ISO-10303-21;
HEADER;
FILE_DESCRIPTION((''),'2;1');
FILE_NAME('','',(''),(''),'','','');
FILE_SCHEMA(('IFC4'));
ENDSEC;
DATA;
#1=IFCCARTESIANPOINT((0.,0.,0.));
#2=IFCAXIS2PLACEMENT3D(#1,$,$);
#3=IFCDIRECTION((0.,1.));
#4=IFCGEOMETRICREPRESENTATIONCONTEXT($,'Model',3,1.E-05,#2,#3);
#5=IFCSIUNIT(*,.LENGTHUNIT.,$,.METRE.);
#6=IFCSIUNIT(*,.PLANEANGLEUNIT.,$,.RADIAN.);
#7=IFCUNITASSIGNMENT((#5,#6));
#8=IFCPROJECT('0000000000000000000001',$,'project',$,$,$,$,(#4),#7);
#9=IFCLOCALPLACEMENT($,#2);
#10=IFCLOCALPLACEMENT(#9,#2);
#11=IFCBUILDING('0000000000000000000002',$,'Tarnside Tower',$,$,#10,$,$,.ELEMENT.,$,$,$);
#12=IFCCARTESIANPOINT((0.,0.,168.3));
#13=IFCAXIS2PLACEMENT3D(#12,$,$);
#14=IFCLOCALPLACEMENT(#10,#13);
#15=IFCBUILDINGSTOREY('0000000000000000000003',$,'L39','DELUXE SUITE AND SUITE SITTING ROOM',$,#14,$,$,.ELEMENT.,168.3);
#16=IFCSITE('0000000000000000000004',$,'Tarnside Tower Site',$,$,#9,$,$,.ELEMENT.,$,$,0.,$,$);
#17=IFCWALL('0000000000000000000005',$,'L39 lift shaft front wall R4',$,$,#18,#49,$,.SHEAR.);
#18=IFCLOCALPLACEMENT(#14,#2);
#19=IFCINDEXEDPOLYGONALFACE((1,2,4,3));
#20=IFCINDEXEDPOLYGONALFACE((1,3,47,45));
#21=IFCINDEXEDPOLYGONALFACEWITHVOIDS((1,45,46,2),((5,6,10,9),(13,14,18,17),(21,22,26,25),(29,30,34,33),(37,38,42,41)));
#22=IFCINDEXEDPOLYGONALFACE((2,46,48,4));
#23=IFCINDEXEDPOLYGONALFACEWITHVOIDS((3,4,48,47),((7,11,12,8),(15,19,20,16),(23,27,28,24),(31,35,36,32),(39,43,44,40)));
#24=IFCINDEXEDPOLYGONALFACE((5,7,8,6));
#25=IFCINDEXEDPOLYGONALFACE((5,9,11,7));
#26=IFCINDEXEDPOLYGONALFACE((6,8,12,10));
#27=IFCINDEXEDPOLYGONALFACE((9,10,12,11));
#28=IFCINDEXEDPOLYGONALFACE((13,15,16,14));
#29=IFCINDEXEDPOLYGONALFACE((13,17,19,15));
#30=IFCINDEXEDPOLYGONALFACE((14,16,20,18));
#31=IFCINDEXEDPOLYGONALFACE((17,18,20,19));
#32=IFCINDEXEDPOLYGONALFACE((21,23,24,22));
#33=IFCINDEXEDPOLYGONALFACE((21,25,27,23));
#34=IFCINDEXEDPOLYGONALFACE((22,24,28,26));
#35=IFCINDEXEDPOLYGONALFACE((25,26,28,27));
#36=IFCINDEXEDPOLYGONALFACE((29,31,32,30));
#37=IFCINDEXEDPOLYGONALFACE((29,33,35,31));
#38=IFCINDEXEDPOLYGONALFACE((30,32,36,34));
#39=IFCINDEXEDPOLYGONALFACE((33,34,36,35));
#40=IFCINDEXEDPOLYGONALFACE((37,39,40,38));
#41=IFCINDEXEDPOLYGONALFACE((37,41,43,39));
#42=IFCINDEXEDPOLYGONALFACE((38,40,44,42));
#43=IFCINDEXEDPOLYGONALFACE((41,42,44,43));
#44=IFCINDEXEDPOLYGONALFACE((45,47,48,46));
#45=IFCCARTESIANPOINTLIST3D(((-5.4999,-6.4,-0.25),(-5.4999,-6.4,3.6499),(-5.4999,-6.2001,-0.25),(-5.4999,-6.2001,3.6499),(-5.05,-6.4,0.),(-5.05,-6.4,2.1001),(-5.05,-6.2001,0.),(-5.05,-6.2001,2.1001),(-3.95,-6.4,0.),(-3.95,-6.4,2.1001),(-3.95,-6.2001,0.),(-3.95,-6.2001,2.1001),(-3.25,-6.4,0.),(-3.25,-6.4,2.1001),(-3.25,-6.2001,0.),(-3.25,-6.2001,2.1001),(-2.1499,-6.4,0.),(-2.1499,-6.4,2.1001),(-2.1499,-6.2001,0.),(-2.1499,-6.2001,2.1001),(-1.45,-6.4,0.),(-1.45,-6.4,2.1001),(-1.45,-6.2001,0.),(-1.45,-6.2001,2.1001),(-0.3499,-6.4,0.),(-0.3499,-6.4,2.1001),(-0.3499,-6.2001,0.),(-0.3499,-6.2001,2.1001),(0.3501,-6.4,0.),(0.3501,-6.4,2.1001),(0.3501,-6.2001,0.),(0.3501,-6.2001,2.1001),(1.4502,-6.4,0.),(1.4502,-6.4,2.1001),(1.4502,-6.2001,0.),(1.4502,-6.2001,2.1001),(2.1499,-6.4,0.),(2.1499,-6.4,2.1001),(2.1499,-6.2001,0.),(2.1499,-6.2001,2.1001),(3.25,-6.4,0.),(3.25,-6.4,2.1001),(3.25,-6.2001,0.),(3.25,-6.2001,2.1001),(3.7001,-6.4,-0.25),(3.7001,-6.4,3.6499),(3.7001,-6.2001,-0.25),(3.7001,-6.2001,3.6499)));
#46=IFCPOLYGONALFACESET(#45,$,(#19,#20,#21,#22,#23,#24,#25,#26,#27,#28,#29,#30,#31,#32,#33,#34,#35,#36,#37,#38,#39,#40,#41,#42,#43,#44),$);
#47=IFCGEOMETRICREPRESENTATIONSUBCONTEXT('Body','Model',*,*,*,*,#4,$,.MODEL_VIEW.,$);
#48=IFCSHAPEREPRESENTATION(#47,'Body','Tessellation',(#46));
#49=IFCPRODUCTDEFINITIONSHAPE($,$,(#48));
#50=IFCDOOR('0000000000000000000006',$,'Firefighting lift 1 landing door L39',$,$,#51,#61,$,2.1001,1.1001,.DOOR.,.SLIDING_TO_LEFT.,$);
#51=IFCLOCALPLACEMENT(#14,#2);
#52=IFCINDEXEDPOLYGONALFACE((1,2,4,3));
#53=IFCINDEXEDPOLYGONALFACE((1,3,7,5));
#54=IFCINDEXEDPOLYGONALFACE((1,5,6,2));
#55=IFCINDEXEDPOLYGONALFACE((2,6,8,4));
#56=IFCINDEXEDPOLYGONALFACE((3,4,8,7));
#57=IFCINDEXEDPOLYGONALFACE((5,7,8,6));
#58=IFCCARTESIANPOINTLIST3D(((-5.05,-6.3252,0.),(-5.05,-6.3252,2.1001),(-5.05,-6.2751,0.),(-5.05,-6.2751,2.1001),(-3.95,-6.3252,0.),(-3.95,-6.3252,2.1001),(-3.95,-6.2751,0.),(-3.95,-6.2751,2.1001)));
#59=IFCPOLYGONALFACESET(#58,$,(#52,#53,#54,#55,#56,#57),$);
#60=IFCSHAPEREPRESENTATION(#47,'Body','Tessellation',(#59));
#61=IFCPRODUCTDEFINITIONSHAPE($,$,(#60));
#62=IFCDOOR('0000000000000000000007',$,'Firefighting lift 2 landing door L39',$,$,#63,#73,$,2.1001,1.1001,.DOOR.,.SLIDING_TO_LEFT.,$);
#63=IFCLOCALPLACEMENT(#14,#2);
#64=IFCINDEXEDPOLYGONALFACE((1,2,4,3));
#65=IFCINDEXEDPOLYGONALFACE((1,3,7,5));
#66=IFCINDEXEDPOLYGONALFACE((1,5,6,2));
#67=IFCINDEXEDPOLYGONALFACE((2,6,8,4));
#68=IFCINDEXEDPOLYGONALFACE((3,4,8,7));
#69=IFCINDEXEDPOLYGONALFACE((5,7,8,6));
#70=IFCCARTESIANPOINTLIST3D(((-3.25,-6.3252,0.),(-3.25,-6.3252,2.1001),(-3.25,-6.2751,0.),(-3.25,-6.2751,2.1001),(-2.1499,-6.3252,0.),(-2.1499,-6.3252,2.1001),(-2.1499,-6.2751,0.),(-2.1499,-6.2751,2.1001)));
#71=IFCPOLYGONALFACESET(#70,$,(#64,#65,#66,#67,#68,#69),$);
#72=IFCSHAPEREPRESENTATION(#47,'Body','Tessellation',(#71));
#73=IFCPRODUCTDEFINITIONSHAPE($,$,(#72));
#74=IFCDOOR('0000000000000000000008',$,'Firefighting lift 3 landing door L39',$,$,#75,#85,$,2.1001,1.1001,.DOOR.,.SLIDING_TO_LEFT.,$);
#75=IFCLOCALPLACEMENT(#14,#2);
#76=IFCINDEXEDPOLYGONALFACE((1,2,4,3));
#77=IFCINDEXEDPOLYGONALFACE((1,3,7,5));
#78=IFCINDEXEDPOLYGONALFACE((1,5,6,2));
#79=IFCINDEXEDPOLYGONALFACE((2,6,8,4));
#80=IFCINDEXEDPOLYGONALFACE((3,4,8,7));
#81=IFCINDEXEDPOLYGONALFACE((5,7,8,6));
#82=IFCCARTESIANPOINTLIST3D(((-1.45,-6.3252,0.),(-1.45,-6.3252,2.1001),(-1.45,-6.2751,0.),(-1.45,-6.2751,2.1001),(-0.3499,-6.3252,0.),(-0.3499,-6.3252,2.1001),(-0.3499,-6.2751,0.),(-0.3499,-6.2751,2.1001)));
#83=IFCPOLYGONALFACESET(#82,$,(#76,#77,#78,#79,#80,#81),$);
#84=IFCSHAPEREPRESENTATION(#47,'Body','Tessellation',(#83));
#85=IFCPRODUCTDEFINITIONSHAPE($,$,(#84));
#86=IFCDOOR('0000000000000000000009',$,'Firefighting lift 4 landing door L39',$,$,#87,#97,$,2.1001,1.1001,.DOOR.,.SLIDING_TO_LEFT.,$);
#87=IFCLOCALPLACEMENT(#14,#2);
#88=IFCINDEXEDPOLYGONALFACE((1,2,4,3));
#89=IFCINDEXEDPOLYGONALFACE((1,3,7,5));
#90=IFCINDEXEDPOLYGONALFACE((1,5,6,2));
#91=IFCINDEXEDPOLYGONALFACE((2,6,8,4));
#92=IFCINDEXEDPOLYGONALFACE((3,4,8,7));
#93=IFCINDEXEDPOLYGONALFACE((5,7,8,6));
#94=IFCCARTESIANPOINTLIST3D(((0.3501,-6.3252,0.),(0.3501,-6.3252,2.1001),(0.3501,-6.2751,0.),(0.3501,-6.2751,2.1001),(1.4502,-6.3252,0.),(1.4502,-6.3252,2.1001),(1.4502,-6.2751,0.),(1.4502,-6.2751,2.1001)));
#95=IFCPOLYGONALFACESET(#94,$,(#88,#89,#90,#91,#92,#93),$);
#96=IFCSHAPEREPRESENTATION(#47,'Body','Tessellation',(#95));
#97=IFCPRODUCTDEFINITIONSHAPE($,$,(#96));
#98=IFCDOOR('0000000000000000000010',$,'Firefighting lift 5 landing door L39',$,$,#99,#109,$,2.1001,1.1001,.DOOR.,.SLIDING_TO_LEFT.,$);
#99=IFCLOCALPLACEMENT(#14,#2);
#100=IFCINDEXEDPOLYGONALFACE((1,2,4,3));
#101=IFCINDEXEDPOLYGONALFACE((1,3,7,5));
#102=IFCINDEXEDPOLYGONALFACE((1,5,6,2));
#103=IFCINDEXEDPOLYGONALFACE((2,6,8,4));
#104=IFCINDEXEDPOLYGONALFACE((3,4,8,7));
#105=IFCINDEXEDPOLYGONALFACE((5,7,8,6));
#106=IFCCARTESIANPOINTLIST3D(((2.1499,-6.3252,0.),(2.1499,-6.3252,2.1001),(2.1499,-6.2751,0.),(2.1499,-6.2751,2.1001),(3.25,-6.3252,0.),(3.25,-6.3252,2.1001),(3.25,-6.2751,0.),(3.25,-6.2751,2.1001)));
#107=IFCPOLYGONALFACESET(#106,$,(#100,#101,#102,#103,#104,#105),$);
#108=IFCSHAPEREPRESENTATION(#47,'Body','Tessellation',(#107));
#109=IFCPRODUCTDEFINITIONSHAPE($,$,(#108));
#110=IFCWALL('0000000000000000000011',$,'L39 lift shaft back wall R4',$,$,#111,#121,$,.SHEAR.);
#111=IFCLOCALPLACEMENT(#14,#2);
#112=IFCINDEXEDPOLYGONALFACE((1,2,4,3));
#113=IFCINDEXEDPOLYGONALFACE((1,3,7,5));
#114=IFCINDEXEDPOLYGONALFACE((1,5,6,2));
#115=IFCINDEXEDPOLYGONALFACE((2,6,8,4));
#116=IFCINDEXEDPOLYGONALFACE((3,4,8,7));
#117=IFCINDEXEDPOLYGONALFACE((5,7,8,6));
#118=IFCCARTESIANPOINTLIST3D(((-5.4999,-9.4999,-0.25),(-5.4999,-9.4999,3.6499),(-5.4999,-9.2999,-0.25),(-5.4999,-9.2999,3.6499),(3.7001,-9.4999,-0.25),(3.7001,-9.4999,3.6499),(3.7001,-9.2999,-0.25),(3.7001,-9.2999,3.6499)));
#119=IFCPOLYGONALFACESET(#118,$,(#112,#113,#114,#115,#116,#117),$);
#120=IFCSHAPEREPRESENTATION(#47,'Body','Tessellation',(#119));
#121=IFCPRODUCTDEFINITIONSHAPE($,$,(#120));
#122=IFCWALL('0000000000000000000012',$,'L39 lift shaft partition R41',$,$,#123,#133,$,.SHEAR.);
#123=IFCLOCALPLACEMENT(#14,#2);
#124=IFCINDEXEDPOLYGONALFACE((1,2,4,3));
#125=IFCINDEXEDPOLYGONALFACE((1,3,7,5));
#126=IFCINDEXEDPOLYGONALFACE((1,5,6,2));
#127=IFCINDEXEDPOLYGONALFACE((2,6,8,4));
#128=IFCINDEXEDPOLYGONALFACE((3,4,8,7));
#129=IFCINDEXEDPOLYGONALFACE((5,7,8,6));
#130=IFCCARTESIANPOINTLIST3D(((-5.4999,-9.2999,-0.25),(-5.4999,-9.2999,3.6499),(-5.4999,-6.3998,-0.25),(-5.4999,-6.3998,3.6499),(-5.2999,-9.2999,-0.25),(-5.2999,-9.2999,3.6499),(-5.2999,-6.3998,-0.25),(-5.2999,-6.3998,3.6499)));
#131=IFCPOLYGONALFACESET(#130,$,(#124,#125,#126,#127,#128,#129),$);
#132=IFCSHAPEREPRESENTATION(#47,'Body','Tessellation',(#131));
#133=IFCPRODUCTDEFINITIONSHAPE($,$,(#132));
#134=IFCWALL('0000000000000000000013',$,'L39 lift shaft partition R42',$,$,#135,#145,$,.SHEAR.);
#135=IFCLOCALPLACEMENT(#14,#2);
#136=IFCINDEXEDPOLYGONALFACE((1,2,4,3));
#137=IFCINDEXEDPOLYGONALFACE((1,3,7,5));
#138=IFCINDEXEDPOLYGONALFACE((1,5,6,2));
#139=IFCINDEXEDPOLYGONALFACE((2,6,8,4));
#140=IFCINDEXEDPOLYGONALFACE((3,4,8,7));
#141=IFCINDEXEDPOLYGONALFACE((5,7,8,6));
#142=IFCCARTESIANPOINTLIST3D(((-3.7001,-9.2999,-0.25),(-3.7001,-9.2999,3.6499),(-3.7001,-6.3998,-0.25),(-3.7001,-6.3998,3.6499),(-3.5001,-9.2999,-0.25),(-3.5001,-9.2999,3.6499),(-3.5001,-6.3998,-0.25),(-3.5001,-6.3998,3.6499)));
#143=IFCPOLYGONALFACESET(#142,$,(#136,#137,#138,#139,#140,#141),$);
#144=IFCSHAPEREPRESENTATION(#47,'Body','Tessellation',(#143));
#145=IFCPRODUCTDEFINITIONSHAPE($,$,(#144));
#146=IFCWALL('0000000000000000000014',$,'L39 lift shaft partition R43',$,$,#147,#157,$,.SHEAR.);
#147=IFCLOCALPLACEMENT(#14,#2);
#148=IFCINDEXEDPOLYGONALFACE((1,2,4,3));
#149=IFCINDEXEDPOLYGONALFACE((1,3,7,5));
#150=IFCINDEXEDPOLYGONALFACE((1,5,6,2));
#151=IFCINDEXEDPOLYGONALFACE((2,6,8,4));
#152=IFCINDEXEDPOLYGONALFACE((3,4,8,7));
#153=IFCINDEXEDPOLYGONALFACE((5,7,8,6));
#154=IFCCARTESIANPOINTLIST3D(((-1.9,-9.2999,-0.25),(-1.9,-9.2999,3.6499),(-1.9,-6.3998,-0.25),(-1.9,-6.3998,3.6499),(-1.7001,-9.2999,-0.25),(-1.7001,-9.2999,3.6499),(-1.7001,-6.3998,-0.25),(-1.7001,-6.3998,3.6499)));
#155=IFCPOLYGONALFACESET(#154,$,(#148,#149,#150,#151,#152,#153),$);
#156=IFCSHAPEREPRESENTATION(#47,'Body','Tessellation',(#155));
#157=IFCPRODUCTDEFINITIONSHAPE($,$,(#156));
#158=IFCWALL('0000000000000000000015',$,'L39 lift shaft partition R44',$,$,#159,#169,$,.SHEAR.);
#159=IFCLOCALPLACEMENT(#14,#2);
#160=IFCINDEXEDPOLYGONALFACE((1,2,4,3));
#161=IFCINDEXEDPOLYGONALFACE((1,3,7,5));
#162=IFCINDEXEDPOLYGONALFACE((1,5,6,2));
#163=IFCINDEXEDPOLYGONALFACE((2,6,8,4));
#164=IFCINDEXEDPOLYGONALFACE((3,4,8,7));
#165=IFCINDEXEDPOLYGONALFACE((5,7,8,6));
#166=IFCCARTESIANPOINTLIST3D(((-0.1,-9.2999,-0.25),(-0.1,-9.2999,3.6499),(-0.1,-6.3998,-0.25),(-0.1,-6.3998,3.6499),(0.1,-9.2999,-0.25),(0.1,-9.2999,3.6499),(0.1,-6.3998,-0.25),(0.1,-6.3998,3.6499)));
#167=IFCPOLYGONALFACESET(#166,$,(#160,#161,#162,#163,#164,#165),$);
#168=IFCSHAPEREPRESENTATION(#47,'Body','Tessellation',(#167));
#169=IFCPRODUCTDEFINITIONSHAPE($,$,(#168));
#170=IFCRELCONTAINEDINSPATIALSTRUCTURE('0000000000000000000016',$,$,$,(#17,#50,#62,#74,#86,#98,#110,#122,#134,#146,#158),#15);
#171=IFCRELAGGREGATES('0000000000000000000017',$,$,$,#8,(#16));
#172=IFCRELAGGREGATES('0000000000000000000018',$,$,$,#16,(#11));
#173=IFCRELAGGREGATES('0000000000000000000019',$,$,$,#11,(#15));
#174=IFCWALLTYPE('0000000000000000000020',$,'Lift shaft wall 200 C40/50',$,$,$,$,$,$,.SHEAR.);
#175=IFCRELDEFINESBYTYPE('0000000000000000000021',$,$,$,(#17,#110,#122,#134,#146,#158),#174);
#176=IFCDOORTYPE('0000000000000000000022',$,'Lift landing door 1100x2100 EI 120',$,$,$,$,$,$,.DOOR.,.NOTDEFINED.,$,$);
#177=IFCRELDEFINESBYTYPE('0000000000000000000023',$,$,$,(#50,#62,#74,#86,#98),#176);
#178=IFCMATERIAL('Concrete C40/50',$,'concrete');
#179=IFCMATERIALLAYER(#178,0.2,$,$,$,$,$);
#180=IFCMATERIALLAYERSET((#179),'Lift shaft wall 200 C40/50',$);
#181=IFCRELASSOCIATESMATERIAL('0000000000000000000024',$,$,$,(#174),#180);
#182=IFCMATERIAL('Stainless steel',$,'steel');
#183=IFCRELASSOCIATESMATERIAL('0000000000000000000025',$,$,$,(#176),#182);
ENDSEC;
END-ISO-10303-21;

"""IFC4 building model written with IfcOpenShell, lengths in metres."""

from ifc_helpers import new_model, si_unit, direction, frame, frame_2d, origin, place, context, subcontext, project, spatial, rectangle, extrude, material, layer, layer_set, type_object, element, fill, save


model = new_model("IFC4")

# Units and contexts
model_context = context("Model", 3, precision=1e-05, world=origin(), true_north=direction((0.0, 1.0)))
body_context = subcontext(model_context, "Body", "Model", "MODEL_VIEW")
ifc_project = project(units=[si_unit("LENGTHUNIT", "METRE"), si_unit("PLANEANGLEUNIT", "RADIAN")], contexts=[model_context])

# Site, building, storey
site_placement = place(None, origin())
site = spatial("IfcSite", under=ifc_project, at=site_placement, Name="Tarnside Tower Site", CompositionType="ELEMENT", RefElevation=0.0)
building_placement = place(site_placement, origin())
building = spatial("IfcBuilding", under=site, at=building_placement, Name="Tarnside Tower", CompositionType="ELEMENT")
storey_placement = place(building_placement, frame((0.0, 0.0, 168.3)))
storey = spatial("IfcBuildingStorey", under=building, at=storey_placement, Name="L39", Description="DELUXE SUITE AND SUITE SITTING ROOM", CompositionType="ELEMENT", Elevation=168.3)

# Shared definitions
ifc_material_1 = material(Name="Concrete C40/50", Category="concrete")

# Wall, openings, doors
ifc_layer_1 = layer(ifc_material_1, 0.2)
ifc_layer_set_1 = layer_set([ifc_layer_1], Name="Lift shaft wall 200 C40/50")
wall_type_1 = type_object("IfcWallType", Name="Lift shaft wall 200 C40/50", PredefinedType="SHEAR", material=ifc_layer_set_1)
wall_1_placement = place(storey_placement, frame((-5.5, -6.3, -0.25), z_axis=(0.0, 0.0, 1.0), x_axis=(1.0, 0.0, 0.0)))
wall_1 = element("IfcWall", 1, at=wall_1_placement, inside=storey, type_object=wall_type_1, Name="L39 lift shaft front wall R4", PredefinedType="SHEAR", context=body_context, shape_type="SweptSolid", body=[
    extrude(rectangle(XDim=9.2, YDim=0.2, at=frame_2d((4.6001, 0.0))), origin(), (0.0, 0.0, 1.0), 3.8999),
])
opening_1_placement = place(wall_1_placement, frame((0.45, 0.0, 0.25)))
opening_1 = element("IfcOpeningElement", 2, at=opening_1_placement, cuts=wall_1, PredefinedType="OPENING", context=body_context, shape_type="SweptSolid", body=[
    extrude(rectangle(XDim=1.1001, YDim=2.1001, at=frame_2d((0.55, 1.05))), frame((0.0, 0.1099, 0.0), z_axis=(0.0, -1.0, 0.0), x_axis=(1.0, 0.0, 0.0)), (0.0, 0.0, 1.0), 0.22),
])
opening_2_placement = place(wall_1_placement, frame((2.25, 0.0, 0.25)))
opening_2 = element("IfcOpeningElement", 3, at=opening_2_placement, cuts=wall_1, PredefinedType="OPENING", context=body_context, shape_type="SweptSolid", body=[
    extrude(rectangle(XDim=1.1001, YDim=2.1001, at=frame_2d((0.55, 1.05))), frame((0.0, 0.1099, 0.0), z_axis=(0.0, -1.0, 0.0), x_axis=(1.0, 0.0, 0.0)), (0.0, 0.0, 1.0), 0.22),
])
opening_3_placement = place(wall_1_placement, frame((4.05, 0.0, 0.25)))
opening_3 = element("IfcOpeningElement", 4, at=opening_3_placement, cuts=wall_1, PredefinedType="OPENING", context=body_context, shape_type="SweptSolid", body=[
    extrude(rectangle(XDim=1.1001, YDim=2.1001, at=frame_2d((0.55, 1.05))), frame((0.0, 0.1099, 0.0), z_axis=(0.0, -1.0, 0.0), x_axis=(1.0, 0.0, 0.0)), (0.0, 0.0, 1.0), 0.22),
])
opening_4_placement = place(wall_1_placement, frame((5.8501, 0.0, 0.25)))
opening_4 = element("IfcOpeningElement", 5, at=opening_4_placement, cuts=wall_1, PredefinedType="OPENING", context=body_context, shape_type="SweptSolid", body=[
    extrude(rectangle(XDim=1.1001, YDim=2.1001, at=frame_2d((0.55, 1.05))), frame((0.0, 0.1099, 0.0), z_axis=(0.0, -1.0, 0.0), x_axis=(1.0, 0.0, 0.0)), (0.0, 0.0, 1.0), 0.22),
])
opening_5_placement = place(wall_1_placement, frame((7.6499, 0.0, 0.25)))
opening_5 = element("IfcOpeningElement", 6, at=opening_5_placement, cuts=wall_1, PredefinedType="OPENING", context=body_context, shape_type="SweptSolid", body=[
    extrude(rectangle(XDim=1.1001, YDim=2.1001, at=frame_2d((0.55, 1.05))), frame((0.0, 0.1099, 0.0), z_axis=(0.0, -1.0, 0.0), x_axis=(1.0, 0.0, 0.0)), (0.0, 0.0, 1.0), 0.22),
])
ifc_material_2 = material(Name="Stainless steel", Category="steel")
door_type_1 = type_object("IfcDoorType", Name="Lift landing door 1100x2100 EI 120", OperationType="NOTDEFINED", PredefinedType="DOOR", material=ifc_material_2)
door_1_placement = place(opening_1_placement, origin())
door_1 = element("IfcDoor", 7, at=door_1_placement, inside=storey, type_object=door_type_1, Name="Firefighting lift 1 landing door L39", OperationType="SLIDING_TO_LEFT", OverallHeight=2.1001, OverallWidth=1.1001, PredefinedType="DOOR", context=body_context, shape_type="SweptSolid", body=[
    extrude(rectangle(XDim=1.1001, YDim=2.1001, at=frame_2d((0.55, 1.05))), frame((0.0, 0.0249, 0.0), z_axis=(0.0, -1.0, 0.0), x_axis=(1.0, 0.0, 0.0)), (0.0, 0.0, 1.0), 0.05),
])
fill(opening_1, door_1)
door_2_placement = place(opening_2_placement, origin())
door_2 = element("IfcDoor", 8, at=door_2_placement, inside=storey, type_object=door_type_1, Name="Firefighting lift 2 landing door L39", OperationType="SLIDING_TO_LEFT", OverallHeight=2.1001, OverallWidth=1.1001, PredefinedType="DOOR", context=body_context, shape_type="SweptSolid", body=[
    extrude(rectangle(XDim=1.1001, YDim=2.1001, at=frame_2d((0.55, 1.05))), frame((0.0, 0.0249, 0.0), z_axis=(0.0, -1.0, 0.0), x_axis=(1.0, 0.0, 0.0)), (0.0, 0.0, 1.0), 0.05),
])
fill(opening_2, door_2)
door_3_placement = place(opening_3_placement, origin())
door_3 = element("IfcDoor", 9, at=door_3_placement, inside=storey, type_object=door_type_1, Name="Firefighting lift 3 landing door L39", OperationType="SLIDING_TO_LEFT", OverallHeight=2.1001, OverallWidth=1.1001, PredefinedType="DOOR", context=body_context, shape_type="SweptSolid", body=[
    extrude(rectangle(XDim=1.1001, YDim=2.1001, at=frame_2d((0.55, 1.05))), frame((0.0, 0.0249, 0.0), z_axis=(0.0, -1.0, 0.0), x_axis=(1.0, 0.0, 0.0)), (0.0, 0.0, 1.0), 0.05),
])
fill(opening_3, door_3)
door_4_placement = place(opening_4_placement, origin())
door_4 = element("IfcDoor", 10, at=door_4_placement, inside=storey, type_object=door_type_1, Name="Firefighting lift 4 landing door L39", OperationType="SLIDING_TO_LEFT", OverallHeight=2.1001, OverallWidth=1.1001, PredefinedType="DOOR", context=body_context, shape_type="SweptSolid", body=[
    extrude(rectangle(XDim=1.1001, YDim=2.1001, at=frame_2d((0.55, 1.05))), frame((0.0, 0.0249, 0.0), z_axis=(0.0, -1.0, 0.0), x_axis=(1.0, 0.0, 0.0)), (0.0, 0.0, 1.0), 0.05),
])
fill(opening_4, door_4)
door_5_placement = place(opening_5_placement, origin())
door_5 = element("IfcDoor", 11, at=door_5_placement, inside=storey, type_object=door_type_1, Name="Firefighting lift 5 landing door L39", OperationType="SLIDING_TO_LEFT", OverallHeight=2.1001, OverallWidth=1.1001, PredefinedType="DOOR", context=body_context, shape_type="SweptSolid", body=[
    extrude(rectangle(XDim=1.1001, YDim=2.1001, at=frame_2d((0.55, 1.05))), frame((0.0, 0.0249, 0.0), z_axis=(0.0, -1.0, 0.0), x_axis=(1.0, 0.0, 0.0)), (0.0, 0.0, 1.0), 0.05),
])
fill(opening_5, door_5)

# Walls
wall_2_placement = place(storey_placement, frame((-5.5, -9.3999, -0.25), z_axis=(0.0, 0.0, 1.0), x_axis=(1.0, 0.0, 0.0)))
element("IfcWall", 12, at=wall_2_placement, inside=storey, type_object=wall_type_1, Name="L39 lift shaft back wall R4", PredefinedType="SHEAR", context=body_context, shape_type="SweptSolid", body=[
    extrude(rectangle(XDim=9.2, YDim=0.2, at=frame_2d((4.6001, 0.0))), origin(), (0.0, 0.0, 1.0), 3.8999),
])
for number, where, z_axis, x_axis, name in (
    (13, (-5.3999, -9.3, -0.25), (0.0, 0.0, 1.0), (0.0, 1.0, 0.0), "L39 lift shaft partition R41"),
    (14, (-3.6001, -9.3, -0.25), (0.0, 0.0, 1.0), (0.0, 1.0, 0.0), "L39 lift shaft partition R42"),
    (15, (-1.8, -9.3, -0.25), (0.0, 0.0, 1.0), (0.0, 1.0, 0.0), "L39 lift shaft partition R43"),
    (16, (0.0, -9.3, -0.25), (0.0, 0.0, 1.0), (0.0, 1.0, 0.0), "L39 lift shaft partition R44"),
):
    element("IfcWall", number, at=place(storey_placement, frame(where, z_axis=z_axis, x_axis=x_axis)), inside=storey, type_object=wall_type_1, Name=name, PredefinedType="SHEAR", context=body_context, shape_type="SweptSolid", body=[
        extrude(rectangle(XDim=2.9001, YDim=0.2, at=frame_2d((1.4502, 0.0))), origin(), (0.0, 0.0, 1.0), 3.8999),
    ])

save(model, "model.ifc")
